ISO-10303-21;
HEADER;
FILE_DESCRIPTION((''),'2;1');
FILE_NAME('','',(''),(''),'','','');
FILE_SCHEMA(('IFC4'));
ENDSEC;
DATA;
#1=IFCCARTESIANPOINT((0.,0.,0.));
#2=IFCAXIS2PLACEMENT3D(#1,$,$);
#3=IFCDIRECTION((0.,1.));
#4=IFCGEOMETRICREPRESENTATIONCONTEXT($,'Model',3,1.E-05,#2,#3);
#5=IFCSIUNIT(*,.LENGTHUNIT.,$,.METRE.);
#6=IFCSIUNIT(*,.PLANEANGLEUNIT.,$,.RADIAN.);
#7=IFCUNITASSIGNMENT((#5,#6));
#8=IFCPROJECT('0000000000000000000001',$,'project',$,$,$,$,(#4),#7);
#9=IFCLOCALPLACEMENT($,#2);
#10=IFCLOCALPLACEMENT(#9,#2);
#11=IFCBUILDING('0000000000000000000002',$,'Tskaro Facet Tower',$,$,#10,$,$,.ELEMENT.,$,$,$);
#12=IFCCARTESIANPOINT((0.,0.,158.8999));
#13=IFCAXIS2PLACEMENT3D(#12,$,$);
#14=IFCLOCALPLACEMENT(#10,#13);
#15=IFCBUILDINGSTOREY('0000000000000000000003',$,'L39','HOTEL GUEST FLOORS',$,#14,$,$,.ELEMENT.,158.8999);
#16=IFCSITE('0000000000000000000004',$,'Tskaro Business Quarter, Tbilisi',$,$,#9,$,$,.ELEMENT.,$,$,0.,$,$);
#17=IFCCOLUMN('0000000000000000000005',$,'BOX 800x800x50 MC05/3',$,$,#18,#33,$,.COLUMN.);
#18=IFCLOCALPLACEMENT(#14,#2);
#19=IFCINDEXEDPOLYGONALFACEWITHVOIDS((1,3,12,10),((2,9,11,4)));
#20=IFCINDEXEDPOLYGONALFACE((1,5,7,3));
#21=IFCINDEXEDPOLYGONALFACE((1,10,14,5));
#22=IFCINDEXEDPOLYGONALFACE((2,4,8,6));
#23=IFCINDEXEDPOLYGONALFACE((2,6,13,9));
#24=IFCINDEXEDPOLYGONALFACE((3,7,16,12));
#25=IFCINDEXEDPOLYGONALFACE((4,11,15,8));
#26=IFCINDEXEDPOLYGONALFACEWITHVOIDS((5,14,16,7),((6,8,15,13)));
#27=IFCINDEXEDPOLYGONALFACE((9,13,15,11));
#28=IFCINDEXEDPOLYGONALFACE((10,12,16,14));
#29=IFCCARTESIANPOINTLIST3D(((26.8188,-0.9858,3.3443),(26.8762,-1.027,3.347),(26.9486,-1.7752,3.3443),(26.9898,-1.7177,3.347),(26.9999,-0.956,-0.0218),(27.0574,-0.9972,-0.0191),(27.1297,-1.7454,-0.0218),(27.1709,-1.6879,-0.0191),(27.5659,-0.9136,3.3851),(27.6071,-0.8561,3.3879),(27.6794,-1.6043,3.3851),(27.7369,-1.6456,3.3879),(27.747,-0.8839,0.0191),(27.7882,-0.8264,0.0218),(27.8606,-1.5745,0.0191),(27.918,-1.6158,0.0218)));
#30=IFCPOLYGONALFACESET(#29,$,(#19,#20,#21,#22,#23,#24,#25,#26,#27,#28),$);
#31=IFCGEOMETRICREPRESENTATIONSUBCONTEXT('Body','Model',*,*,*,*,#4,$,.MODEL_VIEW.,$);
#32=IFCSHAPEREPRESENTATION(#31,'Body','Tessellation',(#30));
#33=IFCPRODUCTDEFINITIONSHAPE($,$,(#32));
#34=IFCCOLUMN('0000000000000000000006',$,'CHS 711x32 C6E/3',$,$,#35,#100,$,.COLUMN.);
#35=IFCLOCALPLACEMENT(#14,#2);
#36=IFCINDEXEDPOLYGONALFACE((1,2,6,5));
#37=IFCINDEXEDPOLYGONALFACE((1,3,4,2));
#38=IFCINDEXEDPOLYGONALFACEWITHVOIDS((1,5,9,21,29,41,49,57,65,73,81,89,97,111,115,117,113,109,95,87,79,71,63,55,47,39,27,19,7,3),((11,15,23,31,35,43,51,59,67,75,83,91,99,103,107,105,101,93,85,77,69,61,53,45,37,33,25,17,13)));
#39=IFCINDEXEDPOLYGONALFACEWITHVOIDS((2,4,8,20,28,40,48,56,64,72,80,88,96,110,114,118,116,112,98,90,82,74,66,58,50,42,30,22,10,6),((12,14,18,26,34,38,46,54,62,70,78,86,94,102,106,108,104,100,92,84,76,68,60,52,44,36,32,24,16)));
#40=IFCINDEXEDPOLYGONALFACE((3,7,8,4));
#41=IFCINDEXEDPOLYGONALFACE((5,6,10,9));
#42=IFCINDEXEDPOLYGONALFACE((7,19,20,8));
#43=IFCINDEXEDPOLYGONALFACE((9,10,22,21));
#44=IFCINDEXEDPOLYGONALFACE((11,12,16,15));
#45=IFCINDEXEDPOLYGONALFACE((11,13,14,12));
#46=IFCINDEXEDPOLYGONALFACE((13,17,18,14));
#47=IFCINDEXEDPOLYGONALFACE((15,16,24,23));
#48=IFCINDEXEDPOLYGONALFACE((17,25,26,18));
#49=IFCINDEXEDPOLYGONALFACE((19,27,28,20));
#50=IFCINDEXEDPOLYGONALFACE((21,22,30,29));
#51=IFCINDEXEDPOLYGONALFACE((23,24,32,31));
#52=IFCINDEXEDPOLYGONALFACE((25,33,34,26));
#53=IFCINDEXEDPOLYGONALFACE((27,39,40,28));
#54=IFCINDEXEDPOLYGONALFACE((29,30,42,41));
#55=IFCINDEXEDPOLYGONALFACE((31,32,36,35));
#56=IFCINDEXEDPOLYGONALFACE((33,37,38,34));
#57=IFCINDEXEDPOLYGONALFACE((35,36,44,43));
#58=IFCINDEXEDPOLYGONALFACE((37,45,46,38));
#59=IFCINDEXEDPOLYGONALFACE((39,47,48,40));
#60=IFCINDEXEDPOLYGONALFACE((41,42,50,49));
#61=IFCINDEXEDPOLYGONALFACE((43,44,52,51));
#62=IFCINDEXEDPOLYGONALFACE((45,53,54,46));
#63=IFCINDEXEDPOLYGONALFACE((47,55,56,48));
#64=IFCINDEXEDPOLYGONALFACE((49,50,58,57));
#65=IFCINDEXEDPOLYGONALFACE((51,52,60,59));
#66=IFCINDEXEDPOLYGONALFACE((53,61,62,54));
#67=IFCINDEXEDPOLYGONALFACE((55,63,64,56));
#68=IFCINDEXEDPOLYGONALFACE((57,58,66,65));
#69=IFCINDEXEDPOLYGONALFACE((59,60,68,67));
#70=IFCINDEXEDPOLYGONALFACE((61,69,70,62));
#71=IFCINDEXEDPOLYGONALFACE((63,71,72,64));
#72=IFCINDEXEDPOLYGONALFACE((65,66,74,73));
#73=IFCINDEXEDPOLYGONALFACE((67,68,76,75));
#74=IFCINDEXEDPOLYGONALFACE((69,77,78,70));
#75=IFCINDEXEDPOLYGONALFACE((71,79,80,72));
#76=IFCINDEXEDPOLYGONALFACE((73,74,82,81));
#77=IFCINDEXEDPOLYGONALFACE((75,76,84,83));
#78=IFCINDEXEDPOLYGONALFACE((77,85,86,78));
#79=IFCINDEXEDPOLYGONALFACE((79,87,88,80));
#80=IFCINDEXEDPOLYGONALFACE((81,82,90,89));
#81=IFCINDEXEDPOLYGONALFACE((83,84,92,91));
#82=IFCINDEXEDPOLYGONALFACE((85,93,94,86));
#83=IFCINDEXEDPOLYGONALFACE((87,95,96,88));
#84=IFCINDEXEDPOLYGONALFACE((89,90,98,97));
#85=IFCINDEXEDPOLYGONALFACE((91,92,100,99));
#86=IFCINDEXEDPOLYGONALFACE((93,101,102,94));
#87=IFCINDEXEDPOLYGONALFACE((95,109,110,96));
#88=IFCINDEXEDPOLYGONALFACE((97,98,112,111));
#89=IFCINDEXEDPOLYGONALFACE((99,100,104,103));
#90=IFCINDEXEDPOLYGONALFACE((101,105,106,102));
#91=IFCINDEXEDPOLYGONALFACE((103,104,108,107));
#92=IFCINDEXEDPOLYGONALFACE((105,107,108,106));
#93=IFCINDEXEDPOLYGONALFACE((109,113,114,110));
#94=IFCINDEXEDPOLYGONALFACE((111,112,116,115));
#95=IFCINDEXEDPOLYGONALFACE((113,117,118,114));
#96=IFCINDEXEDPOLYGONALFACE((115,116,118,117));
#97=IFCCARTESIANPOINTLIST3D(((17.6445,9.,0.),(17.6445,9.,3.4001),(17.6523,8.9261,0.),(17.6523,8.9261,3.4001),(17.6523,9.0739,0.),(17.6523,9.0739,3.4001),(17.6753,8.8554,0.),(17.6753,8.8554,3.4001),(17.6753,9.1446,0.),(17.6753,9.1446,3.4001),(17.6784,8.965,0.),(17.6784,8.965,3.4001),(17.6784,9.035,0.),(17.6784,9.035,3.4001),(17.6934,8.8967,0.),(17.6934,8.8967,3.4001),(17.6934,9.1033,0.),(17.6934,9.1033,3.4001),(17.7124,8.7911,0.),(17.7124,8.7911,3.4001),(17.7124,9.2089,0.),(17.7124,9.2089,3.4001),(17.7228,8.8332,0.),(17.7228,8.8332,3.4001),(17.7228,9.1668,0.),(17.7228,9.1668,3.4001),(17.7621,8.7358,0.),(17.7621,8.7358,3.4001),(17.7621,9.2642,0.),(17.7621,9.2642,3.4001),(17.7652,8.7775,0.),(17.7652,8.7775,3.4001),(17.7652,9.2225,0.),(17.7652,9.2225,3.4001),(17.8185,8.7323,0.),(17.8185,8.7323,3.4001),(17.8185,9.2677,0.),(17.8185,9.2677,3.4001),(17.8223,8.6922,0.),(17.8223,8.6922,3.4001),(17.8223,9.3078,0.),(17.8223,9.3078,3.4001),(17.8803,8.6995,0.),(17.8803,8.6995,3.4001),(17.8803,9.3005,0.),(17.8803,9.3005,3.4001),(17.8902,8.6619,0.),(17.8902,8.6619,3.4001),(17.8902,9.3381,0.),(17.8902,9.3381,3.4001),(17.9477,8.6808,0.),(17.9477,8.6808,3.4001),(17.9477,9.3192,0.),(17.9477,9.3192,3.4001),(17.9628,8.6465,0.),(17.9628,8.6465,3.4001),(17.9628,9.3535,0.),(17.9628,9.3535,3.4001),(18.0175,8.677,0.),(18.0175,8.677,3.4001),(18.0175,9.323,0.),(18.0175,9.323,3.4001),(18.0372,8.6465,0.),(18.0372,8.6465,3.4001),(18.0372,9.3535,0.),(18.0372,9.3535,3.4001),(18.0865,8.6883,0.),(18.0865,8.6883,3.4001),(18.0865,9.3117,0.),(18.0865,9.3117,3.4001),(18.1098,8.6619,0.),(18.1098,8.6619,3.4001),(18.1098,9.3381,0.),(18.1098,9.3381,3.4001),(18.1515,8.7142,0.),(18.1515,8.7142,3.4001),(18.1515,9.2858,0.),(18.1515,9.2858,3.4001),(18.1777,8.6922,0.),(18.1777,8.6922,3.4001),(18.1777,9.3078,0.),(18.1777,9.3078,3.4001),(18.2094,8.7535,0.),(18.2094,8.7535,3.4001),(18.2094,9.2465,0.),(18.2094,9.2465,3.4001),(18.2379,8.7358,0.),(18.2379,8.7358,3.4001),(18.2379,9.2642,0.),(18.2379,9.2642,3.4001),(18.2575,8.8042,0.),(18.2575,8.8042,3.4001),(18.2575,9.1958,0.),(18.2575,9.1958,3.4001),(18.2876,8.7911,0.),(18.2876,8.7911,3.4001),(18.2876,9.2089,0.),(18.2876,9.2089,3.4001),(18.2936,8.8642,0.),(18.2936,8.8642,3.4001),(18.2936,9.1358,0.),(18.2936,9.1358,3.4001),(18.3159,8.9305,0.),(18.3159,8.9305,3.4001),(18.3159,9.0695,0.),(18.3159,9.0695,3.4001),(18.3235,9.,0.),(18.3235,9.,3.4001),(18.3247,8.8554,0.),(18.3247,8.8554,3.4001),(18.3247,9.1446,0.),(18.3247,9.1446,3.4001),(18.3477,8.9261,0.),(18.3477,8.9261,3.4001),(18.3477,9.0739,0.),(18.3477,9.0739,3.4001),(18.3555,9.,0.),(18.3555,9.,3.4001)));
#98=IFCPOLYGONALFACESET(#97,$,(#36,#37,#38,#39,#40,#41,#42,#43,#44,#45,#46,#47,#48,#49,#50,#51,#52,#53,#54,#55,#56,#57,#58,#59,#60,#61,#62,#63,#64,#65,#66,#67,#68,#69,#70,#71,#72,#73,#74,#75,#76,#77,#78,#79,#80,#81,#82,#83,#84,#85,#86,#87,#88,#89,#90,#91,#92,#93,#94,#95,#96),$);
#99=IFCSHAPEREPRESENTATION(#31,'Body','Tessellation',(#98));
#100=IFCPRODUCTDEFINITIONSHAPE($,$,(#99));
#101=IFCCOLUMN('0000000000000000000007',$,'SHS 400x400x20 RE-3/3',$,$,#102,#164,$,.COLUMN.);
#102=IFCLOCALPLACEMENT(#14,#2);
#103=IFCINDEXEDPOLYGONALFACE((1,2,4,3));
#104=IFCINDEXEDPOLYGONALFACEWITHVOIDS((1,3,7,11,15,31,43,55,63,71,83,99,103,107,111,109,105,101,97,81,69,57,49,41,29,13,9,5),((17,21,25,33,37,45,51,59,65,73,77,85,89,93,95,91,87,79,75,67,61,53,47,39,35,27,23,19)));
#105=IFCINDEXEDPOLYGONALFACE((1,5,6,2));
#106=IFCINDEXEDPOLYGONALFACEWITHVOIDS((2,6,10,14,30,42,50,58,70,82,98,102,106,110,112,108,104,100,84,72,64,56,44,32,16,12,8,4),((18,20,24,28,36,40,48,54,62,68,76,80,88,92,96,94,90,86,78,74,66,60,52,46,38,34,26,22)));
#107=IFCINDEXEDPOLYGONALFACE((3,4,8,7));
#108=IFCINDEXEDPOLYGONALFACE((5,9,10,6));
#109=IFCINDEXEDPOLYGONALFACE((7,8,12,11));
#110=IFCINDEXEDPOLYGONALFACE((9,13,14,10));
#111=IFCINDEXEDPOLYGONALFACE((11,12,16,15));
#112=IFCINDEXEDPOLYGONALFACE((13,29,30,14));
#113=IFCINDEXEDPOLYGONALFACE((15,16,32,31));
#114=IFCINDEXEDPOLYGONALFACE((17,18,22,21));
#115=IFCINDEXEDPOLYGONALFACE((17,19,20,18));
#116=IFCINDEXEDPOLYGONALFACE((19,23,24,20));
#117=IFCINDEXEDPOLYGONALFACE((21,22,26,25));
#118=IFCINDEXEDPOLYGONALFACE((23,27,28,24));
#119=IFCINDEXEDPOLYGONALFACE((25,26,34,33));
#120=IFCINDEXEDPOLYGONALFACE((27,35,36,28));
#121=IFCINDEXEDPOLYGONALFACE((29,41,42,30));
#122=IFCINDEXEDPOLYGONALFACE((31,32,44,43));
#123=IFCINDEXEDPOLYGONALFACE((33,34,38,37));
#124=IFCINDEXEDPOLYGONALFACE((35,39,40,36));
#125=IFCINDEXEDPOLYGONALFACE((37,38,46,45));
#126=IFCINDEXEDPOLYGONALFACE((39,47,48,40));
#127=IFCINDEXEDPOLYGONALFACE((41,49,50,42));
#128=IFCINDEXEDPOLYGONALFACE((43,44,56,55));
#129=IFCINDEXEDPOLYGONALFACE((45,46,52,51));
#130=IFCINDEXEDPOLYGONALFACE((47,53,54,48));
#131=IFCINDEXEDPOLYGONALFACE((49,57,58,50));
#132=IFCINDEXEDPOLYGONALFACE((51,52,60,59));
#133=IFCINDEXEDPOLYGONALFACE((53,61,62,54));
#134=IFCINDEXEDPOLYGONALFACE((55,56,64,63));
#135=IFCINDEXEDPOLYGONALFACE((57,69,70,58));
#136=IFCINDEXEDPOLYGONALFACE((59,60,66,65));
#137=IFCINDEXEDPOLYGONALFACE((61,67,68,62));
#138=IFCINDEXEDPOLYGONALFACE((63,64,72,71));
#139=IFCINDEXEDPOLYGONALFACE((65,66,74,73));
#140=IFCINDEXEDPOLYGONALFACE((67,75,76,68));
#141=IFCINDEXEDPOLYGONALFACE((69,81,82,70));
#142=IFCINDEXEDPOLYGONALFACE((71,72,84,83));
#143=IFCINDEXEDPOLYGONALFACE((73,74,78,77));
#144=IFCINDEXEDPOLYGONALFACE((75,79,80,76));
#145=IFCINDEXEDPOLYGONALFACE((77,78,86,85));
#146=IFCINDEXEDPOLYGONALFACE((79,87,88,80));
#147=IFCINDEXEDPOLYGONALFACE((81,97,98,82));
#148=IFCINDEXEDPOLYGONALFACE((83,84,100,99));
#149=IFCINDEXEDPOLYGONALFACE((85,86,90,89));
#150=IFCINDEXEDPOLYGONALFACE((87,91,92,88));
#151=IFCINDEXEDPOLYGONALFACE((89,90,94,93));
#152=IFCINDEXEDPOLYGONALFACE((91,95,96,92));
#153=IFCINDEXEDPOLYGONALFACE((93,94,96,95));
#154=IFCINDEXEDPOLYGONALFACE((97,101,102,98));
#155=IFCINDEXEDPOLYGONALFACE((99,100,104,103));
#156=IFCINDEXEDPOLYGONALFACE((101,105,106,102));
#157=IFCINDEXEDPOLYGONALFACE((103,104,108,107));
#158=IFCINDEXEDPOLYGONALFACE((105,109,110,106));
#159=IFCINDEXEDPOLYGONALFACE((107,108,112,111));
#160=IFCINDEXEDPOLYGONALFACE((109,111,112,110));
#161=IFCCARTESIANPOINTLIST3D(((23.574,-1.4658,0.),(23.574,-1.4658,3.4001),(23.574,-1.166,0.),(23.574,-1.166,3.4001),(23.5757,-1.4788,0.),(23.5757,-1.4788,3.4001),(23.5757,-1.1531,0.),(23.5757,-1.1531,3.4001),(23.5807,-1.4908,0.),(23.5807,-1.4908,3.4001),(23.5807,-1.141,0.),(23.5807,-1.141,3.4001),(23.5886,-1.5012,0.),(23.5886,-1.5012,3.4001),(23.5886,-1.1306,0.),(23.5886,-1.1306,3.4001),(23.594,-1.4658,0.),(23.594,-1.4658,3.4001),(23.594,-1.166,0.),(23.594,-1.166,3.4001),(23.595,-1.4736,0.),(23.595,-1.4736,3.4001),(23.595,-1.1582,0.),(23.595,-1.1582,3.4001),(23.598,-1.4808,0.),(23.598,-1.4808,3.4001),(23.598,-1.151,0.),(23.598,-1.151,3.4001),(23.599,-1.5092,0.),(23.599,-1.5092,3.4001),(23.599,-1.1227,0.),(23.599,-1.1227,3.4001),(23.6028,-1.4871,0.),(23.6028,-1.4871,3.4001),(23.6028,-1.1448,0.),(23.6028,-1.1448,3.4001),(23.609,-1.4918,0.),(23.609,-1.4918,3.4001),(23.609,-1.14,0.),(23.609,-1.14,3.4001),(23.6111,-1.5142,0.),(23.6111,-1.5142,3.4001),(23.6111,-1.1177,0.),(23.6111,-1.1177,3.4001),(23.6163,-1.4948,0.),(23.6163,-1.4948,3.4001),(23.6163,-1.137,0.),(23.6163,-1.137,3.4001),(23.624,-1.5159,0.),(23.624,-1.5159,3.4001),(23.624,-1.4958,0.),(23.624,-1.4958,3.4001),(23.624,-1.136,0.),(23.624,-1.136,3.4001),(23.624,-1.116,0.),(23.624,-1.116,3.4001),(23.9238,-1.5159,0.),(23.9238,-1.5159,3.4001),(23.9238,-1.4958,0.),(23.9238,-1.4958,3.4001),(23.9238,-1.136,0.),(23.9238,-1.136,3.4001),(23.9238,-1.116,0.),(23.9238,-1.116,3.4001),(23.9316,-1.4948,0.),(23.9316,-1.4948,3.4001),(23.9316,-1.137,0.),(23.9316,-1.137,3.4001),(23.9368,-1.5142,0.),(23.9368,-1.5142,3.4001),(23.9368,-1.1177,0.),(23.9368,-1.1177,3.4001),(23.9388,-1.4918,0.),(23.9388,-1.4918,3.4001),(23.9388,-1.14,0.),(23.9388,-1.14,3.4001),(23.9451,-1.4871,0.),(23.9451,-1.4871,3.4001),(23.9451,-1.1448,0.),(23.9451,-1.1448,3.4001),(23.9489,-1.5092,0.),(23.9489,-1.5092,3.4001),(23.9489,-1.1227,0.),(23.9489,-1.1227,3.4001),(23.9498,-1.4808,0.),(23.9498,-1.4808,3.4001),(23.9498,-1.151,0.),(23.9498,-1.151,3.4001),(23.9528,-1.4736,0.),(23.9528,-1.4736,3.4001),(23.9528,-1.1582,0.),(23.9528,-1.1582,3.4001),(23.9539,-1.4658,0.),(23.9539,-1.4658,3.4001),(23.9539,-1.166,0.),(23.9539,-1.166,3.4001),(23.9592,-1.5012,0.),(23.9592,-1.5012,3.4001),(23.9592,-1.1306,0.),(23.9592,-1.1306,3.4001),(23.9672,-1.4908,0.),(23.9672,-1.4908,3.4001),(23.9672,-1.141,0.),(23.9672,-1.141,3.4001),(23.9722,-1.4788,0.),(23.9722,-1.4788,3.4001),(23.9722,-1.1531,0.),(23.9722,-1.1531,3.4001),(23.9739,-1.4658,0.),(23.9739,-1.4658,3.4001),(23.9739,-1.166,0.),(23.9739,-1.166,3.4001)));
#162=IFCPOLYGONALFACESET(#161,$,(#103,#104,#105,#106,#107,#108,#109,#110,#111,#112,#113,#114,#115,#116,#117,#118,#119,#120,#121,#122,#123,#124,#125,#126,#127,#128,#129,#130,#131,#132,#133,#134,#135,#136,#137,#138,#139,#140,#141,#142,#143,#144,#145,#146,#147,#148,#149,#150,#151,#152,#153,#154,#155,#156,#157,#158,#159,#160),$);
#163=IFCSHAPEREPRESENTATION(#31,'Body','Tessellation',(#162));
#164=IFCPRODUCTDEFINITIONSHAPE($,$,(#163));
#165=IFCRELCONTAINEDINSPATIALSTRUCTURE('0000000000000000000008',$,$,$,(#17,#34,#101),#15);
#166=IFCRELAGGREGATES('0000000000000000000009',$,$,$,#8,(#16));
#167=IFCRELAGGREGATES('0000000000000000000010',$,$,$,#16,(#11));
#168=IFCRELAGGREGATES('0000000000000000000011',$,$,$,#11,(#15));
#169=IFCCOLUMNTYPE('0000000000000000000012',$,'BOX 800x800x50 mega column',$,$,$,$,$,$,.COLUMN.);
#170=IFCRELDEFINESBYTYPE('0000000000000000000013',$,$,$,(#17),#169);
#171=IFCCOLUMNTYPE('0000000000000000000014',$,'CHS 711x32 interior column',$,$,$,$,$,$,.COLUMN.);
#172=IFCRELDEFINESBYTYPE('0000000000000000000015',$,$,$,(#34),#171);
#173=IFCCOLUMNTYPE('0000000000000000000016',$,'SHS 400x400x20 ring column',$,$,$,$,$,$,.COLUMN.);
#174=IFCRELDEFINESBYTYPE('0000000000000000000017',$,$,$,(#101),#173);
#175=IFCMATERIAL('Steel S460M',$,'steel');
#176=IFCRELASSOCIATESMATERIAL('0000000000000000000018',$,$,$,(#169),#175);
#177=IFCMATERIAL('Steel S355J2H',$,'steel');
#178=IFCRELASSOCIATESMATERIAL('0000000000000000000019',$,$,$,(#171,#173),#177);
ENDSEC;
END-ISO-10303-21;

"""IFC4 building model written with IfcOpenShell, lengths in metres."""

from ifc_helpers import new_model, si_unit, direction, frame, origin, origin_2d, place, context, subcontext, project, spatial, hollow_rectangle, hollow_circle, extrude, material, material_profile, profile_set, type_object, element, save


model = new_model("IFC4")

# Units and contexts
model_context = context("Model", 3, precision=1e-05, world=origin(), true_north=direction((0.0, 1.0)))
body_context = subcontext(model_context, "Body", "Model", "MODEL_VIEW")
ifc_project = project(units=[si_unit("LENGTHUNIT", "METRE"), si_unit("PLANEANGLEUNIT", "RADIAN")], contexts=[model_context])

# Site, building, storey
site_placement = place(None, origin())
site = spatial("IfcSite", under=ifc_project, at=site_placement, Name="Tskaro Business Quarter, Tbilisi", CompositionType="ELEMENT", RefElevation=0.0)
building_placement = place(site_placement, origin())
building = spatial("IfcBuilding", under=site, at=building_placement, Name="Tskaro Facet Tower", CompositionType="ELEMENT")
storey_placement = place(building_placement, frame((0.0, 0.0, 158.8999)))
storey = spatial("IfcBuildingStorey", under=building, at=storey_placement, Name="L39", Description="HOTEL GUEST FLOORS", CompositionType="ELEMENT", Elevation=158.8999)

# Columns
ifc_material_1 = material(Name="Steel S460M", Category="steel")
ifc_material_profile_1 = material_profile(ifc_material_1, hollow_rectangle(XDim=0.8, YDim=0.8, WallThickness=0.05, at=origin_2d()), Name="BOX 800x800x50")
ifc_profile_set_1 = profile_set([ifc_material_profile_1], Name="Steel S460M")
column_type_1 = type_object("IfcColumnType", Name="BOX 800x800x50 mega column", PredefinedType="COLUMN", material=ifc_profile_set_1)
column_1_placement = place(storey_placement, frame((27.459, -1.2859, 0.0), z_axis=(-0.053735, -0.008835, 0.998516), x_axis=(0.162242, -0.986751, 0.0)))
element("IfcColumn", 1, at=column_1_placement, inside=storey, type_object=column_type_1, Name="BOX 800x800x50 MC05/3", PredefinedType="COLUMN", context=body_context, shape_type="SweptSolid", body=[
    extrude(hollow_rectangle(XDim=0.8, YDim=0.8, WallThickness=0.05, at=origin_2d()), origin(), (0.0, 0.0, 1.0), 3.3711),
])
ifc_material_2 = material(Name="Steel S355J2H", Category="steel")
ifc_material_profile_2 = material_profile(ifc_material_2, hollow_circle(Radius=0.3555, WallThickness=0.032, at=origin_2d()), Name="CHS 711x32")
ifc_profile_set_2 = profile_set([ifc_material_profile_2], Name="Steel S355J2H")
column_type_2 = type_object("IfcColumnType", Name="CHS 711x32 interior column", PredefinedType="COLUMN", material=ifc_profile_set_2)
column_2_placement = place(storey_placement, frame((18.0, 9.0, 0.0), z_axis=(0.0, 0.0, 1.0), x_axis=(1.0, 0.0, 0.0)))
element("IfcColumn", 2, at=column_2_placement, inside=storey, type_object=column_type_2, Name="CHS 711x32 C6E/3", PredefinedType="COLUMN", context=body_context, shape_type="SweptSolid", body=[
    extrude(hollow_circle(Radius=0.3555, WallThickness=0.032, at=origin_2d()), origin(), (0.0, 0.0, 1.0), 3.4001),
])
ifc_material_profile_3 = material_profile(ifc_material_2, hollow_rectangle(XDim=0.3999, YDim=0.3999, WallThickness=0.02, InnerFilletRadius=0.03, OuterFilletRadius=0.05, at=origin_2d()), Name="SHS 400x400x20")
ifc_profile_set_3 = profile_set([ifc_material_profile_3], Name="Steel S355J2H")
column_type_3 = type_object("IfcColumnType", Name="SHS 400x400x20 ring column", PredefinedType="COLUMN", material=ifc_profile_set_3)
for number, where, z_axis, x_axis, name in (
    (3, (23.7739, -1.3159, 0.0), (0.0, 0.0, 1.0), (1.0, 0.0, 0.0), "SHS 400x400x20 RE-3/3"),
):
    element("IfcColumn", number, at=place(storey_placement, frame(where, z_axis=z_axis, x_axis=x_axis)), inside=storey, type_object=column_type_3, Name=name, PredefinedType="COLUMN", context=body_context, shape_type="SweptSolid", body=[
        extrude(hollow_rectangle(XDim=0.3999, YDim=0.3999, WallThickness=0.02, InnerFilletRadius=0.03, OuterFilletRadius=0.05, at=origin_2d()), origin(), (0.0, 0.0, 1.0), 3.4001),
    ])

save(model, "model.ifc")
